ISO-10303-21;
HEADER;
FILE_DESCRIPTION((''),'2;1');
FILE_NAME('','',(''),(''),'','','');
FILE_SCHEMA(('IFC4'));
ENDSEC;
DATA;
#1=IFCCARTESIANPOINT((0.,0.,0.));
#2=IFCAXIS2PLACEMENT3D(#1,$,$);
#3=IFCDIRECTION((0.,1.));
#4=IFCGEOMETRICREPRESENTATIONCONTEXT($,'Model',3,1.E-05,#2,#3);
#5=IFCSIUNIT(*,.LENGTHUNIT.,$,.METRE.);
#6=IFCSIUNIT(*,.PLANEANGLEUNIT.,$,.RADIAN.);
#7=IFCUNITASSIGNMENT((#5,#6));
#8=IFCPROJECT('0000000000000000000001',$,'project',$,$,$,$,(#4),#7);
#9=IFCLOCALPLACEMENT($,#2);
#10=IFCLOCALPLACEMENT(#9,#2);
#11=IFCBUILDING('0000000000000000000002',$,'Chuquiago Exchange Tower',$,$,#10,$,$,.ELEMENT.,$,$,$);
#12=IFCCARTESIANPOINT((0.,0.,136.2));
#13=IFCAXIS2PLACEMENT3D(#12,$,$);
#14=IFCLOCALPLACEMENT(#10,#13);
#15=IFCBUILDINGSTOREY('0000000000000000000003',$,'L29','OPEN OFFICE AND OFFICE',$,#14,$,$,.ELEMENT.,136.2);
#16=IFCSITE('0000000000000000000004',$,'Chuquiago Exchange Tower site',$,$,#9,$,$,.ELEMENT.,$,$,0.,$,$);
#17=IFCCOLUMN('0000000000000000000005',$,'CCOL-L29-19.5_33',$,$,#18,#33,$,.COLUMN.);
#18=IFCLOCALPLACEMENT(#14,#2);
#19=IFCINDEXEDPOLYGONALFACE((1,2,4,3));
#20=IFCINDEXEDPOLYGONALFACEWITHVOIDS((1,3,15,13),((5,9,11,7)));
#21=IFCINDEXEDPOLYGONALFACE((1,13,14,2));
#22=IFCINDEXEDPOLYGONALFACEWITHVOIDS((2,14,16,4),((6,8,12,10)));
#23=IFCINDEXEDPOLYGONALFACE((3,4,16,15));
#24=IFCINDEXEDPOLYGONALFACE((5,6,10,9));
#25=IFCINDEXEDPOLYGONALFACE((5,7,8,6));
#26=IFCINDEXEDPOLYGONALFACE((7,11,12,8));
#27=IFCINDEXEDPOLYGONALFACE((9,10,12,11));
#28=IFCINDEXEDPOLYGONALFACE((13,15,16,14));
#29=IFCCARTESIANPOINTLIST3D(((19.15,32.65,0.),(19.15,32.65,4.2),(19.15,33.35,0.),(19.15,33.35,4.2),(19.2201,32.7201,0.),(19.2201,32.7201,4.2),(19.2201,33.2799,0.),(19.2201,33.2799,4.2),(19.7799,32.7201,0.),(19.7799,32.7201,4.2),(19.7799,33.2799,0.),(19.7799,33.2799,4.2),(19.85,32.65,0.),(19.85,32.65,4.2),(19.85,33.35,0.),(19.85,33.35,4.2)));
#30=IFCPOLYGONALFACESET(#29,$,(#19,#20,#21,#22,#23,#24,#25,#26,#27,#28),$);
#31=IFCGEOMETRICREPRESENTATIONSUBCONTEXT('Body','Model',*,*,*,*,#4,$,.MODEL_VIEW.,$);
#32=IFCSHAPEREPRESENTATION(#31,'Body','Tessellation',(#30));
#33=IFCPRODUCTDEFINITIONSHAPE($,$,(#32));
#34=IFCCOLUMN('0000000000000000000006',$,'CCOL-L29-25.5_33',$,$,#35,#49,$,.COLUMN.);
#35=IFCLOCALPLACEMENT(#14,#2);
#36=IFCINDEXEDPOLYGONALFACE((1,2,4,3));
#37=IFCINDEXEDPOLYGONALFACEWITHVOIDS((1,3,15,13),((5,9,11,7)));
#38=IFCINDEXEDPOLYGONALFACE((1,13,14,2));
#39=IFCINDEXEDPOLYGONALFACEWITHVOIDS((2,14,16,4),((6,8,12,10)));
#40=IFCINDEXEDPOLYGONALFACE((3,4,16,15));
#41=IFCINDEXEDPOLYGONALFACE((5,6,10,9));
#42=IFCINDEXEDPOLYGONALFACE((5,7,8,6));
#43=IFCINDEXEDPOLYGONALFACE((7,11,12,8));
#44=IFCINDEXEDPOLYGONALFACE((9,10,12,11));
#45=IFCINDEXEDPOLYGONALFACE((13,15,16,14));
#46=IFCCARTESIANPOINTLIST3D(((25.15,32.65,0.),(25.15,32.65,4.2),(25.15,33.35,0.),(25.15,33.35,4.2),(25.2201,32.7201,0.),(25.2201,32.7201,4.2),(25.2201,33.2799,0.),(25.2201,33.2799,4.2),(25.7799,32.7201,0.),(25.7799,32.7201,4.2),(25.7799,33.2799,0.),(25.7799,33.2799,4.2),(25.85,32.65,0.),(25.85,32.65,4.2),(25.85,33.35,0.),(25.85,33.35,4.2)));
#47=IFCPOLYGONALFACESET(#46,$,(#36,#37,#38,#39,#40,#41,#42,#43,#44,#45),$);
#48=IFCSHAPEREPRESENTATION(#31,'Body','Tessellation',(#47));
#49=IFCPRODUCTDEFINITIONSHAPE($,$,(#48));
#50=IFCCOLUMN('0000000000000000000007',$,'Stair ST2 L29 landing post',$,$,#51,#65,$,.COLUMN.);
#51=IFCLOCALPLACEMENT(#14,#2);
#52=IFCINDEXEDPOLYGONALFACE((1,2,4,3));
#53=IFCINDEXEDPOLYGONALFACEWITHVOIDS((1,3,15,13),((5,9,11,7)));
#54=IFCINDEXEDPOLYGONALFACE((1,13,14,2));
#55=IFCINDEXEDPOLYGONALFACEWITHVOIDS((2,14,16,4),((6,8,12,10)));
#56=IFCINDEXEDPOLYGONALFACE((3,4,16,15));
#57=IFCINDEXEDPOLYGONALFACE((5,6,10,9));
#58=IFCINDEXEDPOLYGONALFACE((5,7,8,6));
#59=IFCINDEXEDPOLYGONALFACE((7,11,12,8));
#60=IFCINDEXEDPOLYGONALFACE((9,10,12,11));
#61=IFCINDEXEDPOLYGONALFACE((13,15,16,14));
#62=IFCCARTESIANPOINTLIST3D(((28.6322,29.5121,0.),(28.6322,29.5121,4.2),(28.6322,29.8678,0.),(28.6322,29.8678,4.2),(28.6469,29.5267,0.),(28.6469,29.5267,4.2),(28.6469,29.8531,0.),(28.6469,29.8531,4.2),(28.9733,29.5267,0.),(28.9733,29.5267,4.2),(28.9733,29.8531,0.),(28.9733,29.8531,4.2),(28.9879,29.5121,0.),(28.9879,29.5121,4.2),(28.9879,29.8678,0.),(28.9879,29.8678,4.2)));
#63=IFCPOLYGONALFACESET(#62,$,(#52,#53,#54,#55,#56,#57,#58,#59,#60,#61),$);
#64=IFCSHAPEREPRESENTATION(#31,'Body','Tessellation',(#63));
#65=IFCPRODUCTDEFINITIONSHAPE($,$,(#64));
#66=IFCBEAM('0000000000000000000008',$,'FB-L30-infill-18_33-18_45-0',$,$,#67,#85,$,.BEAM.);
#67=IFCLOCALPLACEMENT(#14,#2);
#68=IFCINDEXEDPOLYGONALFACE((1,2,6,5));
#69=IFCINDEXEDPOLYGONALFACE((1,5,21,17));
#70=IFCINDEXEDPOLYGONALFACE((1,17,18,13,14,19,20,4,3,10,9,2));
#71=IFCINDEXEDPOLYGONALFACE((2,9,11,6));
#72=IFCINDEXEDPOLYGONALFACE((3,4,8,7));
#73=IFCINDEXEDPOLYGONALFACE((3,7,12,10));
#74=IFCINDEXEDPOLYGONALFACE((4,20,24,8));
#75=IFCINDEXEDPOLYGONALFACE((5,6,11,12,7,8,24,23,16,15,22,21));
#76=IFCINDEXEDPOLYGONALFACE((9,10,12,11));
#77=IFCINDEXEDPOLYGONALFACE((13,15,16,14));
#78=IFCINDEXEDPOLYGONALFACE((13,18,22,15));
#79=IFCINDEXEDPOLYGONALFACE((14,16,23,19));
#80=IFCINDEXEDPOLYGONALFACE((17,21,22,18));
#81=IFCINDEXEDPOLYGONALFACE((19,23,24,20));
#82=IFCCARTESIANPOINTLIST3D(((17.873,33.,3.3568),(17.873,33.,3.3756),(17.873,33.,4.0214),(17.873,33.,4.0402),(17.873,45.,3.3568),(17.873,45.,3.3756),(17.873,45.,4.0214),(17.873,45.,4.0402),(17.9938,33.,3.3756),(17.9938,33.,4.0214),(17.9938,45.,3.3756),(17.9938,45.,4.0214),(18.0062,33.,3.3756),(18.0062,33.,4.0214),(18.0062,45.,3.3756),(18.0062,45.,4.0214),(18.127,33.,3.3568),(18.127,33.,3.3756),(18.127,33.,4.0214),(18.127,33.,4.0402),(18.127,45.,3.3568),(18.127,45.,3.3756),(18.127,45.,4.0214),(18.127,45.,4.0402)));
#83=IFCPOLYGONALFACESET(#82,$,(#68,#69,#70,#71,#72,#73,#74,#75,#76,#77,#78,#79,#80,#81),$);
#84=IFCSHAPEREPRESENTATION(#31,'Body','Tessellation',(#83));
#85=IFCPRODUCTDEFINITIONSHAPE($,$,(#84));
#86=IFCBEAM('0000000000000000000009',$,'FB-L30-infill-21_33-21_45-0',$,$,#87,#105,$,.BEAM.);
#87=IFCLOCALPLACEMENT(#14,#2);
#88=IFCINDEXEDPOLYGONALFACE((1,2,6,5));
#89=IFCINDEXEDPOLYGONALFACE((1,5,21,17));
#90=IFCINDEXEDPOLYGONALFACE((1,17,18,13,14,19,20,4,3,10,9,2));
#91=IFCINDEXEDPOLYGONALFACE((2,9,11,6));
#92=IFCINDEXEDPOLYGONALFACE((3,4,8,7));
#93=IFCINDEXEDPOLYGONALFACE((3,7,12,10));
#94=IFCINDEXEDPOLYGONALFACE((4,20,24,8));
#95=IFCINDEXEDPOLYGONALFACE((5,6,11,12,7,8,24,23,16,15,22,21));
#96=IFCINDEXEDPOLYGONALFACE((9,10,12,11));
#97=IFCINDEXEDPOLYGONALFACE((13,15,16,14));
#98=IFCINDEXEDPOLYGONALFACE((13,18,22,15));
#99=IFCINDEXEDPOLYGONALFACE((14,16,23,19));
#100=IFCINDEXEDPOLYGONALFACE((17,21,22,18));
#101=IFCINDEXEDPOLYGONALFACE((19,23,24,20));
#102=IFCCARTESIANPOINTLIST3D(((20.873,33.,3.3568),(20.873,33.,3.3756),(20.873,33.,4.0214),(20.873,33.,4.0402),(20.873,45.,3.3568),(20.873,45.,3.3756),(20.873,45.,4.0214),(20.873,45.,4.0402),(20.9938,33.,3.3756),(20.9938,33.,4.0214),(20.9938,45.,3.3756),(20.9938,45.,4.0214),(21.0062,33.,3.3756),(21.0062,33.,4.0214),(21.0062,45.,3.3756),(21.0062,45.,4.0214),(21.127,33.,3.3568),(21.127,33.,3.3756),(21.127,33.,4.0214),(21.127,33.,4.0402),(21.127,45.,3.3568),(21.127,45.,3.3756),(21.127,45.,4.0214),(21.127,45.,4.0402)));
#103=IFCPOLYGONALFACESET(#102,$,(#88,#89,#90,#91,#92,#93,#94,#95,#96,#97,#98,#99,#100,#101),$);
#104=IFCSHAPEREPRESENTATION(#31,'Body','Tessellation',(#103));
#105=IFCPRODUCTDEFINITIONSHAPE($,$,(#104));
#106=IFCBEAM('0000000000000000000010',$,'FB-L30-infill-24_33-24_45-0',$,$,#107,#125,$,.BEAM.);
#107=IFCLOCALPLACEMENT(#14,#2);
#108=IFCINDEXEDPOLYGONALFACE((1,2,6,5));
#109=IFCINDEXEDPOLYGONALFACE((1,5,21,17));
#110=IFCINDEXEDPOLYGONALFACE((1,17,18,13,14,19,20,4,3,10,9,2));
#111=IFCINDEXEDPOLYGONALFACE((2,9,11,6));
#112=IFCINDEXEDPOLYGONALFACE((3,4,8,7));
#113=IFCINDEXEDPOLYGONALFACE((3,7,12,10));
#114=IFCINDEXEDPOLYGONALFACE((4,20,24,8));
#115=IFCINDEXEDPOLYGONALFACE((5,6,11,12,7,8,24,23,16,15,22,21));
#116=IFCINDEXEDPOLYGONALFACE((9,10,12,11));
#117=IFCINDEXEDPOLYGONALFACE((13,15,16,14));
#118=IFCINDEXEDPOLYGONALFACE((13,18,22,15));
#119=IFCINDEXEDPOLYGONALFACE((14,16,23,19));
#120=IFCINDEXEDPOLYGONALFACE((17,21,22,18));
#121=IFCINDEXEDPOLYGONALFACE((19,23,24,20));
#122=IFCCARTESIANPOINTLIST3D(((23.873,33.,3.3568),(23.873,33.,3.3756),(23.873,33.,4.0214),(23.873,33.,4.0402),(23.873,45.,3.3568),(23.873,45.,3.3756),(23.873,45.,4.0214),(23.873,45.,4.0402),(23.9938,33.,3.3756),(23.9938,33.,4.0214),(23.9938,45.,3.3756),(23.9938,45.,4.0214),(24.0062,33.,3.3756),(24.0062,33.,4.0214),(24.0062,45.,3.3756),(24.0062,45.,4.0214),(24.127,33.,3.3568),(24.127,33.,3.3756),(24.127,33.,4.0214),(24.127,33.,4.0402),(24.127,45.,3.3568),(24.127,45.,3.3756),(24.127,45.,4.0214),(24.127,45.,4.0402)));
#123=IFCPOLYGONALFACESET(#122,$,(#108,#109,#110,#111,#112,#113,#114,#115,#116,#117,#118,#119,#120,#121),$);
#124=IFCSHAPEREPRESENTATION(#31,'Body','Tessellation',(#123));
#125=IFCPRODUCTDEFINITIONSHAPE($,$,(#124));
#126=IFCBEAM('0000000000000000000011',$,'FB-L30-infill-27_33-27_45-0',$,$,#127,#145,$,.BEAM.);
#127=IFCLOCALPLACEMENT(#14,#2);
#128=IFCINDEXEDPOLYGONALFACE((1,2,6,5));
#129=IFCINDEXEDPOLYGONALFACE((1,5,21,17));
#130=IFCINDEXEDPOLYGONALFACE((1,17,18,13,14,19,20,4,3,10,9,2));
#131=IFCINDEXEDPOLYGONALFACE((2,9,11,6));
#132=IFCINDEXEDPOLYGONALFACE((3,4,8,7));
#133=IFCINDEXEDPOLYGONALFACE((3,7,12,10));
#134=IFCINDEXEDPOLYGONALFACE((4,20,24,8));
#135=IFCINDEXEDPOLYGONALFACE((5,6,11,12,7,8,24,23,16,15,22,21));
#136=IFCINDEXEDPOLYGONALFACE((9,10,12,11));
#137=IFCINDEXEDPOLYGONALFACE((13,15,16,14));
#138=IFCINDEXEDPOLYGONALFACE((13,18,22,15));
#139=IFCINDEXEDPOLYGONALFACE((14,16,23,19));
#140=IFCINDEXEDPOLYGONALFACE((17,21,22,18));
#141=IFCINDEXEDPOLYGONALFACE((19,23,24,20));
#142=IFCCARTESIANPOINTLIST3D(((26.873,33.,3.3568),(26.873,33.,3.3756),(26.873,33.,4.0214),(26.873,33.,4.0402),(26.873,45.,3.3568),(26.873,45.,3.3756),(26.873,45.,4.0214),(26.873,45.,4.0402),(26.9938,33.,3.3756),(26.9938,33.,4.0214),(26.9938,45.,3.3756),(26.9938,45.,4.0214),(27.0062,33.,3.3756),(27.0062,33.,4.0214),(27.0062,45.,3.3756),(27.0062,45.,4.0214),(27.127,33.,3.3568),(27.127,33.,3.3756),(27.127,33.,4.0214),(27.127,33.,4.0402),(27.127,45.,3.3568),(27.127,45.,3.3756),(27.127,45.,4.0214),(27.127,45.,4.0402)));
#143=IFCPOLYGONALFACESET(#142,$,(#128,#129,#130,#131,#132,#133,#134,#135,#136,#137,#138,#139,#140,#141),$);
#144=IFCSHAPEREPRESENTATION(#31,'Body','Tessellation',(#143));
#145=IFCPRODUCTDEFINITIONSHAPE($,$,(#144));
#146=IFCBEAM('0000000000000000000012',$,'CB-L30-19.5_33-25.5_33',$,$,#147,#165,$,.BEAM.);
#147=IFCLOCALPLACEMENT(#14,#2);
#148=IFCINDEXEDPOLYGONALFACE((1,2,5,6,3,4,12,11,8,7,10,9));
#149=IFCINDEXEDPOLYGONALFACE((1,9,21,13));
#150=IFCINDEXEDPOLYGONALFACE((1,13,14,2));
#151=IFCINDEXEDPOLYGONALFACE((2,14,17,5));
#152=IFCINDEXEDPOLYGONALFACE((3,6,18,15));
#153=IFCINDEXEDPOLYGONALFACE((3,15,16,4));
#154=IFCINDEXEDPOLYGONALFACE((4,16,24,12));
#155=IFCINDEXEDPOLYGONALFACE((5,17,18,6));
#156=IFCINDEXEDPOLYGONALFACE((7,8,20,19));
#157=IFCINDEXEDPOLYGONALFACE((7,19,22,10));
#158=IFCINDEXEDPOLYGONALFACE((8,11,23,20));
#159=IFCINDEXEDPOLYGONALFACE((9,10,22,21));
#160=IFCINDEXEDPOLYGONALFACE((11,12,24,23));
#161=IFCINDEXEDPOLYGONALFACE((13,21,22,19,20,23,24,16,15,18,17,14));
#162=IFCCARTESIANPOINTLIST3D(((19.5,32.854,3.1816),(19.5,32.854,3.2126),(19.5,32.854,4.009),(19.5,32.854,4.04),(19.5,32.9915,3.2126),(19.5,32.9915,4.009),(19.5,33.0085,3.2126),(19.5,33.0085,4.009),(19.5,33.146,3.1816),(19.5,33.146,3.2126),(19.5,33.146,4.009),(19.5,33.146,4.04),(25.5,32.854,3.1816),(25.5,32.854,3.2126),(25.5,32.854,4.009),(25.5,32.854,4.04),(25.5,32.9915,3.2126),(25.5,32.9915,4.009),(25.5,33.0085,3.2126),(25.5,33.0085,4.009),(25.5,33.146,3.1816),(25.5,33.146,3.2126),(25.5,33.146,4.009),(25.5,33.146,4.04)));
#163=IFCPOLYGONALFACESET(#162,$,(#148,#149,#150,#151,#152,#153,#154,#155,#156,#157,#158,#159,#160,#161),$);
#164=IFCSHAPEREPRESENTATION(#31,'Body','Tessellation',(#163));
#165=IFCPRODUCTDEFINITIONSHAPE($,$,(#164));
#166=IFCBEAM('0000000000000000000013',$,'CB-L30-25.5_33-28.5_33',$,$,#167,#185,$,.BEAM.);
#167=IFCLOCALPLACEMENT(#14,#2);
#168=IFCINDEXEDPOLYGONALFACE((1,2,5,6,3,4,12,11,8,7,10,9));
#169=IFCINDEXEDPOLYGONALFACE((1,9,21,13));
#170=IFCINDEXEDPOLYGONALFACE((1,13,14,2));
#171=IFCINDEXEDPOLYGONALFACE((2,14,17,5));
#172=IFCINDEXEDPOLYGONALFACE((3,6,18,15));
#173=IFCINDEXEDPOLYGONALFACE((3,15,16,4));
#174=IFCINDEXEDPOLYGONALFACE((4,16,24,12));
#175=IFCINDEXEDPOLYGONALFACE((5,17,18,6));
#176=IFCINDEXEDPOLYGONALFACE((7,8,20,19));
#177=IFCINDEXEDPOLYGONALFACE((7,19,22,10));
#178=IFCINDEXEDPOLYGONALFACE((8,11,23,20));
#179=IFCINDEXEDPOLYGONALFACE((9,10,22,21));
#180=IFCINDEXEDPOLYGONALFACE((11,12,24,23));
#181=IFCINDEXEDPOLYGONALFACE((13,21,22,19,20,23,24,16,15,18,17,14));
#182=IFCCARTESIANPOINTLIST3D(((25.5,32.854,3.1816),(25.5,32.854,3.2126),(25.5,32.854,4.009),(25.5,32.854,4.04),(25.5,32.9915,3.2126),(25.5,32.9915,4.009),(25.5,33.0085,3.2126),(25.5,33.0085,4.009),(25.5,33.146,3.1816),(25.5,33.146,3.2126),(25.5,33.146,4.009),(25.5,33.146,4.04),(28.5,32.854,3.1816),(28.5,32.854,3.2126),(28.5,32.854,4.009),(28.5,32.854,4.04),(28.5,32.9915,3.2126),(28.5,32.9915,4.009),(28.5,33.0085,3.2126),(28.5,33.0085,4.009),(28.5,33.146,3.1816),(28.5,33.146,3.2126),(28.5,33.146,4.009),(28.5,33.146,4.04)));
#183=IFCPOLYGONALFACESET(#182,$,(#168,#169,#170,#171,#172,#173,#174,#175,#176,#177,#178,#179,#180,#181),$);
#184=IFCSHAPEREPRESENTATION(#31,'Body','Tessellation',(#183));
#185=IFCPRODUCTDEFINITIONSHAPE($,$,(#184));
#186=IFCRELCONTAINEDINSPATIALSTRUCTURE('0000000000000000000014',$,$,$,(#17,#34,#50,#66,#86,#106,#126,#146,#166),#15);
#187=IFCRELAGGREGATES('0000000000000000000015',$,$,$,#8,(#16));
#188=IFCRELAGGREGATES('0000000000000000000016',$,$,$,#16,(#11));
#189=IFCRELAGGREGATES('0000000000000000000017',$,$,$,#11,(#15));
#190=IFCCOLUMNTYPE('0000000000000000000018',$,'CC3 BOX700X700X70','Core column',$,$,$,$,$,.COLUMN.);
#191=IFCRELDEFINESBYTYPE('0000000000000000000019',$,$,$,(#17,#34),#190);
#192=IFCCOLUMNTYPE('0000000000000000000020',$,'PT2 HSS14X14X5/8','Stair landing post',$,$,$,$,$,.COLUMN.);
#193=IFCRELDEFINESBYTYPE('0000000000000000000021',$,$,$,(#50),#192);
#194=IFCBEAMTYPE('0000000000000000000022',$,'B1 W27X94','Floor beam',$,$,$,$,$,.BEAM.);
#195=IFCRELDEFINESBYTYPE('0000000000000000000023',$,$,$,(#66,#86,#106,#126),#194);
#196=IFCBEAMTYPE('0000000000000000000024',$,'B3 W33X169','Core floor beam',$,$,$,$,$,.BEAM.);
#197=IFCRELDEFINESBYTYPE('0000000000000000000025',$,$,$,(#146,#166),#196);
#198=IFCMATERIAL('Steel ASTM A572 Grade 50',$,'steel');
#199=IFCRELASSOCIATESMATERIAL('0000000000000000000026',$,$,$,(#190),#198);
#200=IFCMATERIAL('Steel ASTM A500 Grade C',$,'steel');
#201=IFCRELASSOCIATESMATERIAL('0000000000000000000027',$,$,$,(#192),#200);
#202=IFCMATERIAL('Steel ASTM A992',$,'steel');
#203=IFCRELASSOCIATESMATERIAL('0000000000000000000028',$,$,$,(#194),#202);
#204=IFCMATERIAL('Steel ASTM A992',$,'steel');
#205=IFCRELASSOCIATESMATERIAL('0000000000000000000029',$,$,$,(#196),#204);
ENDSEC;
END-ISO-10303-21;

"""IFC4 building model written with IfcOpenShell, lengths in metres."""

from ifc_helpers import new_model, si_unit, direction, frame, origin, origin_2d, place, context, subcontext, project, spatial, hollow_rectangle, i_section, extrude, material, material_profile, profile_set, type_object, element, save


model = new_model("IFC4")

# Units and contexts
model_context = context("Model", 3, precision=1e-05, world=origin(), true_north=direction((0.0, 1.0)))
body_context = subcontext(model_context, "Body", "Model", "MODEL_VIEW")
ifc_project = project(units=[si_unit("LENGTHUNIT", "METRE"), si_unit("PLANEANGLEUNIT", "RADIAN")], contexts=[model_context])

# Site, building, storey
site_placement = place(None, origin())
site = spatial("IfcSite", under=ifc_project, at=site_placement, Name="Chuquiago Exchange Tower site", CompositionType="ELEMENT", RefElevation=0.0)
building_placement = place(site_placement, origin())
building = spatial("IfcBuilding", under=site, at=building_placement, Name="Chuquiago Exchange Tower", CompositionType="ELEMENT")
storey_placement = place(building_placement, frame((0.0, 0.0, 136.2)))
storey = spatial("IfcBuildingStorey", under=building, at=storey_placement, Name="L29", Description="OPEN OFFICE AND OFFICE", CompositionType="ELEMENT", Elevation=136.2)

# Columns
ifc_material_1 = material(Name="Steel ASTM A572 Grade 50", Category="steel")
ifc_material_profile_1 = material_profile(ifc_material_1, hollow_rectangle(XDim=0.7, YDim=0.7, WallThickness=0.0701, at=origin_2d()), Name="BOX700X700X70")
ifc_profile_set_1 = profile_set([ifc_material_profile_1], Name="Steel ASTM A572 Grade 50")
column_type_1 = type_object("IfcColumnType", Name="CC3 BOX700X700X70", Description="Core column", PredefinedType="COLUMN", material=ifc_profile_set_1)
for number, where, z_axis, x_axis, name in (
    (1, (19.5, 33.0, 0.0), (0.0, 0.0, 1.0), (1.0, 0.0, 0.0), "CCOL-L29-19.5_33"),
    (2, (25.5, 33.0, 0.0), (0.0, 0.0, 1.0), (1.0, 0.0, 0.0), "CCOL-L29-25.5_33"),
):
    element("IfcColumn", number, at=place(storey_placement, frame(where, z_axis=z_axis, x_axis=x_axis)), inside=storey, type_object=column_type_1, Name=name, PredefinedType="COLUMN", context=body_context, shape_type="SweptSolid", body=[
        extrude(hollow_rectangle(XDim=0.7, YDim=0.7, WallThickness=0.0701, at=origin_2d()), origin(), (0.0, 0.0, 1.0), 4.2),
    ])
ifc_material_2 = material(Name="Steel ASTM A500 Grade C", Category="steel")
ifc_material_profile_2 = material_profile(ifc_material_2, hollow_rectangle(XDim=0.3557, YDim=0.3557, WallThickness=0.0146, at=origin_2d()), Name="HSS14X14X5/8")
ifc_profile_set_2 = profile_set([ifc_material_profile_2], Name="Steel ASTM A500 Grade C")
column_type_2 = type_object("IfcColumnType", Name="PT2 HSS14X14X5/8", Description="Stair landing post", PredefinedType="COLUMN", material=ifc_profile_set_2)
column_placement = place(storey_placement, frame((28.8101, 29.6899, 0.0), z_axis=(0.0, 0.0, 1.0), x_axis=(1.0, 0.0, 0.0)))
element("IfcColumn", 3, at=column_placement, inside=storey, type_object=column_type_2, Name="Stair ST2 L29 landing post", PredefinedType="COLUMN", context=body_context, shape_type="SweptSolid", body=[
    extrude(hollow_rectangle(XDim=0.3557, YDim=0.3557, WallThickness=0.0146, at=origin_2d()), origin(), (0.0, 0.0, 1.0), 4.2),
])

# Beams
ifc_material_3 = material(Name="Steel ASTM A992", Category="steel")
ifc_material_profile_3 = material_profile(ifc_material_3, i_section(OverallWidth=0.2539, OverallDepth=0.6833, WebThickness=0.0125, FlangeThickness=0.0188, at=origin_2d()), Name="W27X94")
ifc_profile_set_3 = profile_set([ifc_material_profile_3], Name="Steel ASTM A992")
beam_type_1 = type_object("IfcBeamType", Name="B1 W27X94", Description="Floor beam", PredefinedType="BEAM", material=ifc_profile_set_3)
for number, where, z_axis, x_axis, name in (
    (4, (18.0, 33.0, 3.6985), (0.0, 1.0, 0.0), (-1.0, 0.0, 0.0), "FB-L30-infill-18_33-18_45-0"),
    (5, (21.0, 33.0, 3.6985), (0.0, 1.0, 0.0), (-1.0, 0.0, 0.0), "FB-L30-infill-21_33-21_45-0"),
    (6, (24.0, 33.0, 3.6985), (0.0, 1.0, 0.0), (-1.0, 0.0, 0.0), "FB-L30-infill-24_33-24_45-0"),
    (7, (27.0, 33.0, 3.6985), (0.0, 1.0, 0.0), (-1.0, 0.0, 0.0), "FB-L30-infill-27_33-27_45-0"),
):
    element("IfcBeam", number, at=place(storey_placement, frame(where, z_axis=z_axis, x_axis=x_axis)), inside=storey, type_object=beam_type_1, Name=name, PredefinedType="BEAM", context=body_context, shape_type="SweptSolid", body=[
        extrude(i_section(OverallWidth=0.2539, OverallDepth=0.6833, WebThickness=0.0125, FlangeThickness=0.0188, at=origin_2d()), origin(), (0.0, 0.0, 1.0), 12.0),
    ])
ifc_material_4 = material(Name="Steel ASTM A992", Category="steel")
ifc_material_profile_4 = material_profile(ifc_material_4, i_section(OverallWidth=0.292, OverallDepth=0.8584, WebThickness=0.0171, FlangeThickness=0.031, at=origin_2d()), Name="W33X169")
ifc_profile_set_4 = profile_set([ifc_material_profile_4], Name="Steel ASTM A992")
beam_type_2 = type_object("IfcBeamType", Name="B3 W33X169", Description="Core floor beam", PredefinedType="BEAM", material=ifc_profile_set_4)
beam_1_placement = place(storey_placement, frame((19.5, 33.0, 3.6108), z_axis=(1.0, 0.0, 0.0), x_axis=(0.0, 1.0, 0.0)))
element("IfcBeam", 8, at=beam_1_placement, inside=storey, type_object=beam_type_2, Name="CB-L30-19.5_33-25.5_33", PredefinedType="BEAM", context=body_context, shape_type="SweptSolid", body=[
    extrude(i_section(OverallWidth=0.292, OverallDepth=0.8584, WebThickness=0.0171, FlangeThickness=0.031, at=origin_2d()), origin(), (0.0, 0.0, 1.0), 6.0),
])
beam_2_placement = place(storey_placement, frame((25.5, 33.0, 3.6108), z_axis=(1.0, 0.0, 0.0), x_axis=(0.0, 1.0, 0.0)))
element("IfcBeam", 9, at=beam_2_placement, inside=storey, type_object=beam_type_2, Name="CB-L30-25.5_33-28.5_33", PredefinedType="BEAM", context=body_context, shape_type="SweptSolid", body=[
    extrude(i_section(OverallWidth=0.292, OverallDepth=0.8584, WebThickness=0.0171, FlangeThickness=0.031, at=origin_2d()), origin(), (0.0, 0.0, 1.0), 3.0),
])

save(model, "model.ifc")
